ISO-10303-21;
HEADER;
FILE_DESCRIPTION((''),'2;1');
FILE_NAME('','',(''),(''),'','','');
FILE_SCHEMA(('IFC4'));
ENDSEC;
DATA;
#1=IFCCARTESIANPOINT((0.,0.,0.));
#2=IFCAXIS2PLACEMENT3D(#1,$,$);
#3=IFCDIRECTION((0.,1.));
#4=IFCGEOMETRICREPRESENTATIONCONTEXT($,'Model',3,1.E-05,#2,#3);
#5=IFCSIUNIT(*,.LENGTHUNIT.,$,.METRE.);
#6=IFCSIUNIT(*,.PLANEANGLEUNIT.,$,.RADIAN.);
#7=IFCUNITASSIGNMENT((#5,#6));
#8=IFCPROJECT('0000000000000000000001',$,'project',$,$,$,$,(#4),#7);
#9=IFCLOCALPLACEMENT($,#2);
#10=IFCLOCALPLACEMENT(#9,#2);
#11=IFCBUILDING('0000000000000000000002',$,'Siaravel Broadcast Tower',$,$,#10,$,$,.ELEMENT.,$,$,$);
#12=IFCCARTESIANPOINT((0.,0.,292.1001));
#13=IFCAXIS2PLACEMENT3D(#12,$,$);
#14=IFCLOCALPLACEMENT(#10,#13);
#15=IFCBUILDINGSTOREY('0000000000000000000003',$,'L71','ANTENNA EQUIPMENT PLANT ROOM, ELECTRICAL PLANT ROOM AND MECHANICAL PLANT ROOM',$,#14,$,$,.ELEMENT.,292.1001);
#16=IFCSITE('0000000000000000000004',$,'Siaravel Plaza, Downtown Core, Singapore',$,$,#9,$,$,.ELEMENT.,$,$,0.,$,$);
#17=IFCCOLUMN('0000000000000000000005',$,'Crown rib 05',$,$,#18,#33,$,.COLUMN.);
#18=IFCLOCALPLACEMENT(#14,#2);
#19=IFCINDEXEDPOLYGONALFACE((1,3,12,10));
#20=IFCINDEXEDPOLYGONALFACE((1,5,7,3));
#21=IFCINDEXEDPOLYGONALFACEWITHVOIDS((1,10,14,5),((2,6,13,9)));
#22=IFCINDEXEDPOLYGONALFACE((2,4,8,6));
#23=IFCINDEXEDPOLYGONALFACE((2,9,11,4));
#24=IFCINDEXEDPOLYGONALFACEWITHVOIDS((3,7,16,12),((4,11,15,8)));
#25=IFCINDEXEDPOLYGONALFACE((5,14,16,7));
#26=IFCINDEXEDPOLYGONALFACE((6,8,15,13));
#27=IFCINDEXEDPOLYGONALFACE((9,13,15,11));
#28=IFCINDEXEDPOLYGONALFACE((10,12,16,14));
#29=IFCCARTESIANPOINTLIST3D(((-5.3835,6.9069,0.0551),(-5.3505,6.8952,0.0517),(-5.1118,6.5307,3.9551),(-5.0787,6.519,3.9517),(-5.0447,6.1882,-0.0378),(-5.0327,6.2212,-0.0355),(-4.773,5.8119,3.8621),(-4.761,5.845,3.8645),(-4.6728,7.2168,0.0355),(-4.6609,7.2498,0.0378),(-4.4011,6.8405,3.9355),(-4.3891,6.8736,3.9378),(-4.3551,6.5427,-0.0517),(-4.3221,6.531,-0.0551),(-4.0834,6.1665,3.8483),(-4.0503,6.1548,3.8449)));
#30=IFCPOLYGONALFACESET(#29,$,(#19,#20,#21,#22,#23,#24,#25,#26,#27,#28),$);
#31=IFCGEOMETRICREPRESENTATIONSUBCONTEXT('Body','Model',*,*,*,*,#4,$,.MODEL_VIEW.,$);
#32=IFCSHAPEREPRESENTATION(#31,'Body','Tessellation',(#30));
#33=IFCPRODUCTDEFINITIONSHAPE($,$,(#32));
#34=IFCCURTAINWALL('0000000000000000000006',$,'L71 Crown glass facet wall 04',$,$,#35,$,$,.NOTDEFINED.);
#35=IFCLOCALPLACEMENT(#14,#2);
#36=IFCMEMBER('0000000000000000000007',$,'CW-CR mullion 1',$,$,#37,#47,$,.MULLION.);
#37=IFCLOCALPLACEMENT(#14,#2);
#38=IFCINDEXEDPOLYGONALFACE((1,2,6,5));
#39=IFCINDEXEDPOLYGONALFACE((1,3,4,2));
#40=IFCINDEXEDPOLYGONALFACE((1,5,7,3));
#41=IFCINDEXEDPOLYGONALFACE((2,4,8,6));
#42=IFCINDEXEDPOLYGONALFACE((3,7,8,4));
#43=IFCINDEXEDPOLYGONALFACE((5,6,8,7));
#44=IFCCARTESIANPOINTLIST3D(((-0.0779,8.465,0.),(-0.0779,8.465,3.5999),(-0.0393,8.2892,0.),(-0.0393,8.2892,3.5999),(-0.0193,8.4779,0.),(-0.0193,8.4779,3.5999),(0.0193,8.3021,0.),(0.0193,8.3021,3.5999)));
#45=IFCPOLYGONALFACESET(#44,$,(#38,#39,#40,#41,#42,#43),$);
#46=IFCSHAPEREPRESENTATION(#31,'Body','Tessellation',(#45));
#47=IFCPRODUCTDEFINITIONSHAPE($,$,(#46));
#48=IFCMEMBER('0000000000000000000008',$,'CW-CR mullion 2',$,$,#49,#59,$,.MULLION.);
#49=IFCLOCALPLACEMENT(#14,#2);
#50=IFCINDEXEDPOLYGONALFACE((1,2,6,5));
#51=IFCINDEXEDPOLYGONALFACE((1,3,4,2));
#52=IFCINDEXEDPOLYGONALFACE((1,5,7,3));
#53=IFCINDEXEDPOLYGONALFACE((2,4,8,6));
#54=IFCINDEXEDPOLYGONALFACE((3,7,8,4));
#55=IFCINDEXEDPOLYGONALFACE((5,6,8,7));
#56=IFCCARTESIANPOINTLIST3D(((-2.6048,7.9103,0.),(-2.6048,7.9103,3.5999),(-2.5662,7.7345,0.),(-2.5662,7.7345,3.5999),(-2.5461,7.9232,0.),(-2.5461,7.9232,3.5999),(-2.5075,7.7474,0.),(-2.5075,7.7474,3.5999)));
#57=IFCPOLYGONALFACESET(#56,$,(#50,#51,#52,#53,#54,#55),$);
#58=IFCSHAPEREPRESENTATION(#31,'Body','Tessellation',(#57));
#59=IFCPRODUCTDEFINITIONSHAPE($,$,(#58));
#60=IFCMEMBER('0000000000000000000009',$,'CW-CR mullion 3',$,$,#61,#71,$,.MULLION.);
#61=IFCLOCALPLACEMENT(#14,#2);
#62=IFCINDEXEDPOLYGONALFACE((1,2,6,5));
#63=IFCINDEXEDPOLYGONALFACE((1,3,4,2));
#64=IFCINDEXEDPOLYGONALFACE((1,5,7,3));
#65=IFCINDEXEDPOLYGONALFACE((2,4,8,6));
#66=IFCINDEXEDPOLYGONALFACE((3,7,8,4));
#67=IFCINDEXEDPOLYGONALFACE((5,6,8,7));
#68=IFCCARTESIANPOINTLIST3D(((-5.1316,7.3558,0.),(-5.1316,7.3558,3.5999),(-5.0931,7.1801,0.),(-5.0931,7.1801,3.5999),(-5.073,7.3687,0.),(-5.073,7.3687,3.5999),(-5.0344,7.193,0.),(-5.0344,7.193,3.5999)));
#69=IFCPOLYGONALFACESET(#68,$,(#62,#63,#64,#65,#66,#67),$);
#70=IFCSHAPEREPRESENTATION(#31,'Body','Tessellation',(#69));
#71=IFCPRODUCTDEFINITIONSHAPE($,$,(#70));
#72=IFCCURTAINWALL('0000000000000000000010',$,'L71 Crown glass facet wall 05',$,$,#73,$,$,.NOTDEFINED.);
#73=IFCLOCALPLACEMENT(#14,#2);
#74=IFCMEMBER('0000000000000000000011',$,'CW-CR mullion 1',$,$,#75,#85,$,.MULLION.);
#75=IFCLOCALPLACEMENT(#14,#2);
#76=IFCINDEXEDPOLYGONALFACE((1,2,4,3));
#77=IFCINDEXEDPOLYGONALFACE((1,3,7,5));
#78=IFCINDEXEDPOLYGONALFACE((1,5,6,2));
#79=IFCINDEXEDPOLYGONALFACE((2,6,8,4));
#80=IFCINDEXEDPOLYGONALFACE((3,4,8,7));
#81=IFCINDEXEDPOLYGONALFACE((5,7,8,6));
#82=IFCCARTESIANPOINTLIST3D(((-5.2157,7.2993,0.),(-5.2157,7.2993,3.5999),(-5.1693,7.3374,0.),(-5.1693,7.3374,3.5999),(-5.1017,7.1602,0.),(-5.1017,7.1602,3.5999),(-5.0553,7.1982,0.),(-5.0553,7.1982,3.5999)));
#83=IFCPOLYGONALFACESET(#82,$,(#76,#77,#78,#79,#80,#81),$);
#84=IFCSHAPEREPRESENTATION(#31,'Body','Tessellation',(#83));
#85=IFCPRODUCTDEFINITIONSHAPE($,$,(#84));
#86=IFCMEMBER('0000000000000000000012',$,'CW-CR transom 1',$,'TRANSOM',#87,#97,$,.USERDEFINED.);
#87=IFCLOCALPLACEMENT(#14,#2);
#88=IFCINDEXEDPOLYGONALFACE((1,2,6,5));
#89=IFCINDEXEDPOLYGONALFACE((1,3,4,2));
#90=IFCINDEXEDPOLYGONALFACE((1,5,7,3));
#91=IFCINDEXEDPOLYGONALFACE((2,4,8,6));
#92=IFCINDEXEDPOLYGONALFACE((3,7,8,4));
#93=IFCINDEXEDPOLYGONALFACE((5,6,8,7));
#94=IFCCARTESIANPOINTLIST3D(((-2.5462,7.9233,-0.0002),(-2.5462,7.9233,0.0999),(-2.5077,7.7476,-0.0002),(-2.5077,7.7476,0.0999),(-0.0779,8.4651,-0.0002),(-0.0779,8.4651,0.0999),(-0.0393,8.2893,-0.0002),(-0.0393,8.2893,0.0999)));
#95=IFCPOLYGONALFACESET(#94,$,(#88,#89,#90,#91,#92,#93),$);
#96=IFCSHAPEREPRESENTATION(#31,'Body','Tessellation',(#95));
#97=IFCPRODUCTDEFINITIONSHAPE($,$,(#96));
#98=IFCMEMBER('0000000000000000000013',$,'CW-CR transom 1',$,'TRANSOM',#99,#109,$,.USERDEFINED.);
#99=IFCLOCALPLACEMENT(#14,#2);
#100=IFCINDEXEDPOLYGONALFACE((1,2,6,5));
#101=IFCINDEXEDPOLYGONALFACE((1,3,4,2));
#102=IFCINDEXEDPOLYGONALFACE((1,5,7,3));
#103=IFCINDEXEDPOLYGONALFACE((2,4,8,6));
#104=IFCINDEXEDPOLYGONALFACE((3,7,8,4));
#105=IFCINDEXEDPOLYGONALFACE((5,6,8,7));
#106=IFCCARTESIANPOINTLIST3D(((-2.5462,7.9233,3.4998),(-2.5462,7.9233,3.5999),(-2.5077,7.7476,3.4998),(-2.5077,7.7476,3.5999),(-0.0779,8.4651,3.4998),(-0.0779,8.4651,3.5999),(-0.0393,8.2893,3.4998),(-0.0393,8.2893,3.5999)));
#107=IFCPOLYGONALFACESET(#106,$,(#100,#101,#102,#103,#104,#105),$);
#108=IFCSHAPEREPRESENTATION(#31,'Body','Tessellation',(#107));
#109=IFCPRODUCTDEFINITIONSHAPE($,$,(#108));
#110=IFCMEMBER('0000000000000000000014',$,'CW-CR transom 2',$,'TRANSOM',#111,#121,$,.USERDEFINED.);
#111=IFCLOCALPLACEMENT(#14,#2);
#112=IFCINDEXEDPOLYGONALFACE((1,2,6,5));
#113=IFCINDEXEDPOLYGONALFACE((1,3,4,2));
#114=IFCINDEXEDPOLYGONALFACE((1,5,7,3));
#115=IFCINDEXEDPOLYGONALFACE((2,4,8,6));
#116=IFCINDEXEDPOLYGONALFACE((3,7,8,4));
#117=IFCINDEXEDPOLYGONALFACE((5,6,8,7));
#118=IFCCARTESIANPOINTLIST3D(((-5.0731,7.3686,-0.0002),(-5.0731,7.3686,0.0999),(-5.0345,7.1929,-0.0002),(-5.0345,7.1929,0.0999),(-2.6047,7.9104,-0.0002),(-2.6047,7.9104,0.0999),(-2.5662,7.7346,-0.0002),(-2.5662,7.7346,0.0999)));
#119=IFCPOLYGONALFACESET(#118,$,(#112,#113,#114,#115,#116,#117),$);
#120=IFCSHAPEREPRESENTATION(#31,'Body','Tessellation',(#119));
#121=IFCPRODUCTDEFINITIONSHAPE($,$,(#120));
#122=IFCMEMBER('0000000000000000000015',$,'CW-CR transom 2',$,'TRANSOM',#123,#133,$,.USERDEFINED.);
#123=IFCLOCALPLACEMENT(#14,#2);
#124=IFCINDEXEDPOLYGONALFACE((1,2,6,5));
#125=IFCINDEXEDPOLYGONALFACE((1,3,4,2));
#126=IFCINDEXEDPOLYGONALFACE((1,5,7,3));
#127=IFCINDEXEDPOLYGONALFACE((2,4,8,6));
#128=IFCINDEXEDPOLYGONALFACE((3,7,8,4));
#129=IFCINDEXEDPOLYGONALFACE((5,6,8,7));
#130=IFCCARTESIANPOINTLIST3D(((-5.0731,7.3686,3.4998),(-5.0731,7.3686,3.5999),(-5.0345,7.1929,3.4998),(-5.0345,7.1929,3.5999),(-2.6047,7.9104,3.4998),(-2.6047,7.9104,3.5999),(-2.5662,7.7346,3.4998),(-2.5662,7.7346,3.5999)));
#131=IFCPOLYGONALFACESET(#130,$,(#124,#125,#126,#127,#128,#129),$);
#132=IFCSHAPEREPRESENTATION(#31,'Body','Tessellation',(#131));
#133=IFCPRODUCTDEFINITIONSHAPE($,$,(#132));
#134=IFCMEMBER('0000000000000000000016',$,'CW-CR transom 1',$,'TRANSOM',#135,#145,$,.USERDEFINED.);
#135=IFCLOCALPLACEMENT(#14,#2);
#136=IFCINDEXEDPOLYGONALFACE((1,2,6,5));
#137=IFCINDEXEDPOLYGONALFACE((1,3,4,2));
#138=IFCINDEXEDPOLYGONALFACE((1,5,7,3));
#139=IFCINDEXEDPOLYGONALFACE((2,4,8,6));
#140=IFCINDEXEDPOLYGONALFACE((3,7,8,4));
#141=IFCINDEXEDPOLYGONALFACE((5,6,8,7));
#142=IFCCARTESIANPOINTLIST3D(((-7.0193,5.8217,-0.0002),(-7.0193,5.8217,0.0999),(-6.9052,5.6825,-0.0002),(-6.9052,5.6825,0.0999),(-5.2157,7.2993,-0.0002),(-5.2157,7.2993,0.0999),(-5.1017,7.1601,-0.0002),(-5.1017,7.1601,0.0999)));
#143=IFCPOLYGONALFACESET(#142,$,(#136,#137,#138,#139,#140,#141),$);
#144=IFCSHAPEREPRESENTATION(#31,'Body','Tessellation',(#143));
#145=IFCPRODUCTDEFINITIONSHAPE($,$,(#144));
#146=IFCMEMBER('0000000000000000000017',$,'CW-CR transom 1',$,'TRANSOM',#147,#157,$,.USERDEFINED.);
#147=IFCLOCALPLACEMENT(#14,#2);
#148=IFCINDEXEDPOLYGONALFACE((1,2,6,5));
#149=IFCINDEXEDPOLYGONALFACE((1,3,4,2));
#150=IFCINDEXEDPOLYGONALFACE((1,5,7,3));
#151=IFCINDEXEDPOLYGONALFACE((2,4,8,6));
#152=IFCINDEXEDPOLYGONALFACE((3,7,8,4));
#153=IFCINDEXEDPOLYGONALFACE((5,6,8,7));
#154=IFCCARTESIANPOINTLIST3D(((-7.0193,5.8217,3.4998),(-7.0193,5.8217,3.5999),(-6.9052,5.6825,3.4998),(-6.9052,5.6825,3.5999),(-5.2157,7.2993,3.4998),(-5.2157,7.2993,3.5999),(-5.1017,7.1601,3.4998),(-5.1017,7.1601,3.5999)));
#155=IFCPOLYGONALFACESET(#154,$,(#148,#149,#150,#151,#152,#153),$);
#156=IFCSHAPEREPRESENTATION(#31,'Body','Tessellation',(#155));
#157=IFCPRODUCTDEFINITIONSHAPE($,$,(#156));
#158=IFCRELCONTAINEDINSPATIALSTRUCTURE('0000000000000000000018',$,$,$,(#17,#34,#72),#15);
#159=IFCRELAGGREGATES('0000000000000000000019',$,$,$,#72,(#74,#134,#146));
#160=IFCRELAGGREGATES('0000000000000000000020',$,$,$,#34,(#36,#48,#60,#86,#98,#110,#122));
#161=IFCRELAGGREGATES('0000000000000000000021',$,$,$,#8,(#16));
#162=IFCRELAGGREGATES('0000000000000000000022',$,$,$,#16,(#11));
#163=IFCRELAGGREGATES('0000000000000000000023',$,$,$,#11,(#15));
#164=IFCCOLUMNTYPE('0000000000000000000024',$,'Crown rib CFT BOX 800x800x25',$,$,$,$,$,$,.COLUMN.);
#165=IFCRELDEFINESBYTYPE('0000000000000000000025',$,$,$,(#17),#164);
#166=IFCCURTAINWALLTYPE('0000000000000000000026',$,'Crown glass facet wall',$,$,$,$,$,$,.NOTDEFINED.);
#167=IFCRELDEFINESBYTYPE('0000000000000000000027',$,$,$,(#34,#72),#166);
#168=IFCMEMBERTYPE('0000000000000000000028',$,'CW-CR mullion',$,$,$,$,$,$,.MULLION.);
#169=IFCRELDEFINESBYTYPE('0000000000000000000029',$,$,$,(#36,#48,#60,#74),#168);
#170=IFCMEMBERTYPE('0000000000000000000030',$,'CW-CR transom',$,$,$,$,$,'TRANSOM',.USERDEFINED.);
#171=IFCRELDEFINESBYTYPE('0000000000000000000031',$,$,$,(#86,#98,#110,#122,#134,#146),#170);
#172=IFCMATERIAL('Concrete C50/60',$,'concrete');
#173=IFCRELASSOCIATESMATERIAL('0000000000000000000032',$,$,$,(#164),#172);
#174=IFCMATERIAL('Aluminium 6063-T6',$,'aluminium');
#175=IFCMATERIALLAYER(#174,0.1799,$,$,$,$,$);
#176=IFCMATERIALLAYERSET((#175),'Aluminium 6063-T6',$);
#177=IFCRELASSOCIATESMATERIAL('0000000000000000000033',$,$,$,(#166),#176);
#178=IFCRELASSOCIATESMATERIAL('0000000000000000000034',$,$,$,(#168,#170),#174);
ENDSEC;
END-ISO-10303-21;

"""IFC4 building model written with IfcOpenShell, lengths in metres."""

from ifc_helpers import new_model, si_unit, direction, frame, origin, origin_2d, place, context, subcontext, project, spatial, rectangle, hollow_rectangle, extrude, material, layer, layer_set, material_profile, profile_set, type_object, element, aggregate, save


model = new_model("IFC4")

# Units and contexts
model_context = context("Model", 3, precision=1e-05, world=origin(), true_north=direction((0.0, 1.0)))
body_context = subcontext(model_context, "Body", "Model", "MODEL_VIEW")
ifc_project = project(units=[si_unit("LENGTHUNIT", "METRE"), si_unit("PLANEANGLEUNIT", "RADIAN")], contexts=[model_context])

# Site, building, storey
site_placement = place(None, origin())
site = spatial("IfcSite", under=ifc_project, at=site_placement, Name="Siaravel Plaza, Downtown Core, Singapore", CompositionType="ELEMENT", RefElevation=0.0)
building_placement = place(site_placement, origin())
building = spatial("IfcBuilding", under=site, at=building_placement, Name="Siaravel Broadcast Tower", CompositionType="ELEMENT")
storey_placement = place(building_placement, frame((0.0, 0.0, 292.1001)))
storey = spatial("IfcBuildingStorey", under=building, at=storey_placement, Name="L71", Description="ANTENNA EQUIPMENT PLANT ROOM, ELECTRICAL PLANT ROOM AND MECHANICAL PLANT ROOM", CompositionType="ELEMENT", Elevation=292.1001)

# Column
ifc_material_1 = material(Name="Concrete C50/60", Category="concrete")
ifc_material_profile_1 = material_profile(ifc_material_1, hollow_rectangle(XDim=0.8, YDim=0.8, WallThickness=0.0249, at=origin_2d()))
ifc_profile_set_1 = profile_set([ifc_material_profile_1], Name="Concrete C50/60")
column_type = type_object("IfcColumnType", Name="Crown rib CFT BOX 800x800x25", PredefinedType="COLUMN", material=ifc_profile_set_1)
column_placement = place(storey_placement, frame((-4.8528, 6.719, 0.0), z_axis=(0.069188, -0.095793, 0.992994), x_axis=(0.903251, 0.428569, -0.021591)))
element("IfcColumn", 1, at=column_placement, inside=storey, type_object=column_type, Name="Crown rib 05", PredefinedType="COLUMN", context=body_context, shape_type="SweptSolid", body=[
    extrude(hollow_rectangle(XDim=0.8, YDim=0.8, WallThickness=0.0249, at=origin_2d()), origin(), (0.0, 0.0, 1.0), 3.9275),
])

# Curtain wall, members
ifc_material_2 = material(Name="Aluminium 6063-T6", Category="aluminium")
ifc_layer_1 = layer(ifc_material_2, 0.1799)
ifc_layer_set_1 = layer_set([ifc_layer_1], Name="Aluminium 6063-T6")
curtain_wall_type = type_object("IfcCurtainWallType", Name="Crown glass facet wall", PredefinedType="NOTDEFINED", material=ifc_layer_set_1)
curtain_wall_1_placement = place(storey_placement, origin())
curtain_wall_1 = element("IfcCurtainWall", 2, at=curtain_wall_1_placement, inside=storey, type_object=curtain_wall_type, Name="L71 Crown glass facet wall 04", PredefinedType="NOTDEFINED")
ifc_material_profile_2 = material_profile(ifc_material_2, rectangle(XDim=0.1799, YDim=0.0601, at=origin_2d()))
ifc_profile_set_2 = profile_set([ifc_material_profile_2], Name="Aluminium 6063-T6")
member_type_1 = type_object("IfcMemberType", Name="CW-CR mullion", PredefinedType="MULLION", material=ifc_profile_set_2)
member_1_placement = place(storey_placement, frame((-0.0293, 8.3835, 0.0), z_axis=(0.0, 0.0, 1.0), x_axis=(0.214399, -0.976746, 0.0)))
member_1 = element("IfcMember", 3, at=member_1_placement, type_object=member_type_1, Name="CW-CR mullion 1", PredefinedType="MULLION", context=body_context, shape_type="SweptSolid", body=[
    extrude(rectangle(XDim=0.1799, YDim=0.0601, at=origin_2d()), origin(), (0.0, 0.0, 1.0), 3.5999),
])
member_2_placement = place(storey_placement, frame((-2.5562, 7.8289, 0.0), z_axis=(0.0, 0.0, 1.0), x_axis=(0.214399, -0.976746, 0.0)))
member_2 = element("IfcMember", 4, at=member_2_placement, type_object=member_type_1, Name="CW-CR mullion 2", PredefinedType="MULLION", context=body_context, shape_type="SweptSolid", body=[
    extrude(rectangle(XDim=0.1799, YDim=0.0601, at=origin_2d()), origin(), (0.0, 0.0, 1.0), 3.5999),
])
member_3_placement = place(storey_placement, frame((-5.083, 7.2744, 0.0), z_axis=(0.0, 0.0, 1.0), x_axis=(0.214399, -0.976746, 0.0)))
member_3 = element("IfcMember", 5, at=member_3_placement, type_object=member_type_1, Name="CW-CR mullion 3", PredefinedType="MULLION", context=body_context, shape_type="SweptSolid", body=[
    extrude(rectangle(XDim=0.1799, YDim=0.0601, at=origin_2d()), origin(), (0.0, 0.0, 1.0), 3.5999),
])

# Curtain wall, member
curtain_wall_2_placement = place(storey_placement, origin())
curtain_wall_2 = element("IfcCurtainWall", 6, at=curtain_wall_2_placement, inside=storey, type_object=curtain_wall_type, Name="L71 Crown glass facet wall 05", PredefinedType="NOTDEFINED")
member_4_placement = place(storey_placement, frame((-5.1355, 7.2488, 0.0), z_axis=(0.0, 0.0, 1.0), x_axis=(0.633724, -0.773559, 0.0)))
member_4 = element("IfcMember", 7, at=member_4_placement, type_object=member_type_1, Name="CW-CR mullion 1", PredefinedType="MULLION", context=body_context, shape_type="SweptSolid", body=[
    extrude(rectangle(XDim=0.1799, YDim=0.0601, at=origin_2d()), origin(), (0.0, 0.0, 1.0), 3.5999),
])

# Members
ifc_material_profile_3 = material_profile(ifc_material_2, rectangle(XDim=0.1799, YDim=0.1001, at=origin_2d()))
ifc_profile_set_3 = profile_set([ifc_material_profile_3], Name="Aluminium 6063-T6")
member_type_2 = type_object("IfcMemberType", Name="CW-CR transom", ElementType="TRANSOM", PredefinedType="USERDEFINED", material=ifc_profile_set_3)
member_5_placement = place(storey_placement, frame((-0.0586, 8.3772, 0.0498), z_axis=(-0.97675, -0.214383, 0.0), x_axis=(0.214383, -0.97675, 0.0)))
member_5 = element("IfcMember", 8, at=member_5_placement, type_object=member_type_2, Name="CW-CR transom 1", ObjectType="TRANSOM", PredefinedType="USERDEFINED", context=body_context, shape_type="SweptSolid", body=[
    extrude(rectangle(XDim=0.1799, YDim=0.1001, at=origin_2d()), origin(), (0.0, 0.0, 1.0), 2.5271),
])
member_6_placement = place(storey_placement, frame((-0.0586, 8.3772, 3.5498), z_axis=(-0.97675, -0.214383, 0.0), x_axis=(0.214383, -0.97675, 0.0)))
member_6 = element("IfcMember", 9, at=member_6_placement, type_object=member_type_2, Name="CW-CR transom 1", ObjectType="TRANSOM", PredefinedType="USERDEFINED", context=body_context, shape_type="SweptSolid", body=[
    extrude(rectangle(XDim=0.1799, YDim=0.1001, at=origin_2d()), origin(), (0.0, 0.0, 1.0), 2.5271),
])
member_7_placement = place(storey_placement, frame((-2.5854, 7.8225, 0.0498), z_axis=(-0.97675, -0.214383, 0.0), x_axis=(0.214383, -0.97675, 0.0)))
member_7 = element("IfcMember", 10, at=member_7_placement, type_object=member_type_2, Name="CW-CR transom 2", ObjectType="TRANSOM", PredefinedType="USERDEFINED", context=body_context, shape_type="SweptSolid", body=[
    extrude(rectangle(XDim=0.1799, YDim=0.1001, at=origin_2d()), origin(), (0.0, 0.0, 1.0), 2.5271),
])
member_8_placement = place(storey_placement, frame((-2.5854, 7.8225, 3.5498), z_axis=(-0.97675, -0.214383, 0.0), x_axis=(0.214383, -0.97675, 0.0)))
member_8 = element("IfcMember", 11, at=member_8_placement, type_object=member_type_2, Name="CW-CR transom 2", ObjectType="TRANSOM", PredefinedType="USERDEFINED", context=body_context, shape_type="SweptSolid", body=[
    extrude(rectangle(XDim=0.1799, YDim=0.1001, at=origin_2d()), origin(), (0.0, 0.0, 1.0), 2.5271),
])
member_9_placement = place(storey_placement, frame((-5.1587, 7.2297, 0.0498), z_axis=(-0.773542, -0.633745, 0.0), x_axis=(0.633745, -0.773542, 0.0)))
member_9 = element("IfcMember", 12, at=member_9_placement, type_object=member_type_2, Name="CW-CR transom 1", ObjectType="TRANSOM", PredefinedType="USERDEFINED", context=body_context, shape_type="SweptSolid", body=[
    extrude(rectangle(XDim=0.1799, YDim=0.1001, at=origin_2d()), origin(), (0.0, 0.0, 1.0), 2.3315),
])
member_10_placement = place(storey_placement, frame((-5.1587, 7.2297, 3.5498), z_axis=(-0.773542, -0.633745, 0.0), x_axis=(0.633745, -0.773542, 0.0)))
member_10 = element("IfcMember", 13, at=member_10_placement, type_object=member_type_2, Name="CW-CR transom 1", ObjectType="TRANSOM", PredefinedType="USERDEFINED", context=body_context, shape_type="SweptSolid", body=[
    extrude(rectangle(XDim=0.1799, YDim=0.1001, at=origin_2d()), origin(), (0.0, 0.0, 1.0), 2.3315),
])
aggregate(curtain_wall_2, [member_4, member_9, member_10])

aggregate(curtain_wall_1, [member_1, member_2, member_3, member_5, member_6, member_7, member_8])

save(model, "model.ifc")
